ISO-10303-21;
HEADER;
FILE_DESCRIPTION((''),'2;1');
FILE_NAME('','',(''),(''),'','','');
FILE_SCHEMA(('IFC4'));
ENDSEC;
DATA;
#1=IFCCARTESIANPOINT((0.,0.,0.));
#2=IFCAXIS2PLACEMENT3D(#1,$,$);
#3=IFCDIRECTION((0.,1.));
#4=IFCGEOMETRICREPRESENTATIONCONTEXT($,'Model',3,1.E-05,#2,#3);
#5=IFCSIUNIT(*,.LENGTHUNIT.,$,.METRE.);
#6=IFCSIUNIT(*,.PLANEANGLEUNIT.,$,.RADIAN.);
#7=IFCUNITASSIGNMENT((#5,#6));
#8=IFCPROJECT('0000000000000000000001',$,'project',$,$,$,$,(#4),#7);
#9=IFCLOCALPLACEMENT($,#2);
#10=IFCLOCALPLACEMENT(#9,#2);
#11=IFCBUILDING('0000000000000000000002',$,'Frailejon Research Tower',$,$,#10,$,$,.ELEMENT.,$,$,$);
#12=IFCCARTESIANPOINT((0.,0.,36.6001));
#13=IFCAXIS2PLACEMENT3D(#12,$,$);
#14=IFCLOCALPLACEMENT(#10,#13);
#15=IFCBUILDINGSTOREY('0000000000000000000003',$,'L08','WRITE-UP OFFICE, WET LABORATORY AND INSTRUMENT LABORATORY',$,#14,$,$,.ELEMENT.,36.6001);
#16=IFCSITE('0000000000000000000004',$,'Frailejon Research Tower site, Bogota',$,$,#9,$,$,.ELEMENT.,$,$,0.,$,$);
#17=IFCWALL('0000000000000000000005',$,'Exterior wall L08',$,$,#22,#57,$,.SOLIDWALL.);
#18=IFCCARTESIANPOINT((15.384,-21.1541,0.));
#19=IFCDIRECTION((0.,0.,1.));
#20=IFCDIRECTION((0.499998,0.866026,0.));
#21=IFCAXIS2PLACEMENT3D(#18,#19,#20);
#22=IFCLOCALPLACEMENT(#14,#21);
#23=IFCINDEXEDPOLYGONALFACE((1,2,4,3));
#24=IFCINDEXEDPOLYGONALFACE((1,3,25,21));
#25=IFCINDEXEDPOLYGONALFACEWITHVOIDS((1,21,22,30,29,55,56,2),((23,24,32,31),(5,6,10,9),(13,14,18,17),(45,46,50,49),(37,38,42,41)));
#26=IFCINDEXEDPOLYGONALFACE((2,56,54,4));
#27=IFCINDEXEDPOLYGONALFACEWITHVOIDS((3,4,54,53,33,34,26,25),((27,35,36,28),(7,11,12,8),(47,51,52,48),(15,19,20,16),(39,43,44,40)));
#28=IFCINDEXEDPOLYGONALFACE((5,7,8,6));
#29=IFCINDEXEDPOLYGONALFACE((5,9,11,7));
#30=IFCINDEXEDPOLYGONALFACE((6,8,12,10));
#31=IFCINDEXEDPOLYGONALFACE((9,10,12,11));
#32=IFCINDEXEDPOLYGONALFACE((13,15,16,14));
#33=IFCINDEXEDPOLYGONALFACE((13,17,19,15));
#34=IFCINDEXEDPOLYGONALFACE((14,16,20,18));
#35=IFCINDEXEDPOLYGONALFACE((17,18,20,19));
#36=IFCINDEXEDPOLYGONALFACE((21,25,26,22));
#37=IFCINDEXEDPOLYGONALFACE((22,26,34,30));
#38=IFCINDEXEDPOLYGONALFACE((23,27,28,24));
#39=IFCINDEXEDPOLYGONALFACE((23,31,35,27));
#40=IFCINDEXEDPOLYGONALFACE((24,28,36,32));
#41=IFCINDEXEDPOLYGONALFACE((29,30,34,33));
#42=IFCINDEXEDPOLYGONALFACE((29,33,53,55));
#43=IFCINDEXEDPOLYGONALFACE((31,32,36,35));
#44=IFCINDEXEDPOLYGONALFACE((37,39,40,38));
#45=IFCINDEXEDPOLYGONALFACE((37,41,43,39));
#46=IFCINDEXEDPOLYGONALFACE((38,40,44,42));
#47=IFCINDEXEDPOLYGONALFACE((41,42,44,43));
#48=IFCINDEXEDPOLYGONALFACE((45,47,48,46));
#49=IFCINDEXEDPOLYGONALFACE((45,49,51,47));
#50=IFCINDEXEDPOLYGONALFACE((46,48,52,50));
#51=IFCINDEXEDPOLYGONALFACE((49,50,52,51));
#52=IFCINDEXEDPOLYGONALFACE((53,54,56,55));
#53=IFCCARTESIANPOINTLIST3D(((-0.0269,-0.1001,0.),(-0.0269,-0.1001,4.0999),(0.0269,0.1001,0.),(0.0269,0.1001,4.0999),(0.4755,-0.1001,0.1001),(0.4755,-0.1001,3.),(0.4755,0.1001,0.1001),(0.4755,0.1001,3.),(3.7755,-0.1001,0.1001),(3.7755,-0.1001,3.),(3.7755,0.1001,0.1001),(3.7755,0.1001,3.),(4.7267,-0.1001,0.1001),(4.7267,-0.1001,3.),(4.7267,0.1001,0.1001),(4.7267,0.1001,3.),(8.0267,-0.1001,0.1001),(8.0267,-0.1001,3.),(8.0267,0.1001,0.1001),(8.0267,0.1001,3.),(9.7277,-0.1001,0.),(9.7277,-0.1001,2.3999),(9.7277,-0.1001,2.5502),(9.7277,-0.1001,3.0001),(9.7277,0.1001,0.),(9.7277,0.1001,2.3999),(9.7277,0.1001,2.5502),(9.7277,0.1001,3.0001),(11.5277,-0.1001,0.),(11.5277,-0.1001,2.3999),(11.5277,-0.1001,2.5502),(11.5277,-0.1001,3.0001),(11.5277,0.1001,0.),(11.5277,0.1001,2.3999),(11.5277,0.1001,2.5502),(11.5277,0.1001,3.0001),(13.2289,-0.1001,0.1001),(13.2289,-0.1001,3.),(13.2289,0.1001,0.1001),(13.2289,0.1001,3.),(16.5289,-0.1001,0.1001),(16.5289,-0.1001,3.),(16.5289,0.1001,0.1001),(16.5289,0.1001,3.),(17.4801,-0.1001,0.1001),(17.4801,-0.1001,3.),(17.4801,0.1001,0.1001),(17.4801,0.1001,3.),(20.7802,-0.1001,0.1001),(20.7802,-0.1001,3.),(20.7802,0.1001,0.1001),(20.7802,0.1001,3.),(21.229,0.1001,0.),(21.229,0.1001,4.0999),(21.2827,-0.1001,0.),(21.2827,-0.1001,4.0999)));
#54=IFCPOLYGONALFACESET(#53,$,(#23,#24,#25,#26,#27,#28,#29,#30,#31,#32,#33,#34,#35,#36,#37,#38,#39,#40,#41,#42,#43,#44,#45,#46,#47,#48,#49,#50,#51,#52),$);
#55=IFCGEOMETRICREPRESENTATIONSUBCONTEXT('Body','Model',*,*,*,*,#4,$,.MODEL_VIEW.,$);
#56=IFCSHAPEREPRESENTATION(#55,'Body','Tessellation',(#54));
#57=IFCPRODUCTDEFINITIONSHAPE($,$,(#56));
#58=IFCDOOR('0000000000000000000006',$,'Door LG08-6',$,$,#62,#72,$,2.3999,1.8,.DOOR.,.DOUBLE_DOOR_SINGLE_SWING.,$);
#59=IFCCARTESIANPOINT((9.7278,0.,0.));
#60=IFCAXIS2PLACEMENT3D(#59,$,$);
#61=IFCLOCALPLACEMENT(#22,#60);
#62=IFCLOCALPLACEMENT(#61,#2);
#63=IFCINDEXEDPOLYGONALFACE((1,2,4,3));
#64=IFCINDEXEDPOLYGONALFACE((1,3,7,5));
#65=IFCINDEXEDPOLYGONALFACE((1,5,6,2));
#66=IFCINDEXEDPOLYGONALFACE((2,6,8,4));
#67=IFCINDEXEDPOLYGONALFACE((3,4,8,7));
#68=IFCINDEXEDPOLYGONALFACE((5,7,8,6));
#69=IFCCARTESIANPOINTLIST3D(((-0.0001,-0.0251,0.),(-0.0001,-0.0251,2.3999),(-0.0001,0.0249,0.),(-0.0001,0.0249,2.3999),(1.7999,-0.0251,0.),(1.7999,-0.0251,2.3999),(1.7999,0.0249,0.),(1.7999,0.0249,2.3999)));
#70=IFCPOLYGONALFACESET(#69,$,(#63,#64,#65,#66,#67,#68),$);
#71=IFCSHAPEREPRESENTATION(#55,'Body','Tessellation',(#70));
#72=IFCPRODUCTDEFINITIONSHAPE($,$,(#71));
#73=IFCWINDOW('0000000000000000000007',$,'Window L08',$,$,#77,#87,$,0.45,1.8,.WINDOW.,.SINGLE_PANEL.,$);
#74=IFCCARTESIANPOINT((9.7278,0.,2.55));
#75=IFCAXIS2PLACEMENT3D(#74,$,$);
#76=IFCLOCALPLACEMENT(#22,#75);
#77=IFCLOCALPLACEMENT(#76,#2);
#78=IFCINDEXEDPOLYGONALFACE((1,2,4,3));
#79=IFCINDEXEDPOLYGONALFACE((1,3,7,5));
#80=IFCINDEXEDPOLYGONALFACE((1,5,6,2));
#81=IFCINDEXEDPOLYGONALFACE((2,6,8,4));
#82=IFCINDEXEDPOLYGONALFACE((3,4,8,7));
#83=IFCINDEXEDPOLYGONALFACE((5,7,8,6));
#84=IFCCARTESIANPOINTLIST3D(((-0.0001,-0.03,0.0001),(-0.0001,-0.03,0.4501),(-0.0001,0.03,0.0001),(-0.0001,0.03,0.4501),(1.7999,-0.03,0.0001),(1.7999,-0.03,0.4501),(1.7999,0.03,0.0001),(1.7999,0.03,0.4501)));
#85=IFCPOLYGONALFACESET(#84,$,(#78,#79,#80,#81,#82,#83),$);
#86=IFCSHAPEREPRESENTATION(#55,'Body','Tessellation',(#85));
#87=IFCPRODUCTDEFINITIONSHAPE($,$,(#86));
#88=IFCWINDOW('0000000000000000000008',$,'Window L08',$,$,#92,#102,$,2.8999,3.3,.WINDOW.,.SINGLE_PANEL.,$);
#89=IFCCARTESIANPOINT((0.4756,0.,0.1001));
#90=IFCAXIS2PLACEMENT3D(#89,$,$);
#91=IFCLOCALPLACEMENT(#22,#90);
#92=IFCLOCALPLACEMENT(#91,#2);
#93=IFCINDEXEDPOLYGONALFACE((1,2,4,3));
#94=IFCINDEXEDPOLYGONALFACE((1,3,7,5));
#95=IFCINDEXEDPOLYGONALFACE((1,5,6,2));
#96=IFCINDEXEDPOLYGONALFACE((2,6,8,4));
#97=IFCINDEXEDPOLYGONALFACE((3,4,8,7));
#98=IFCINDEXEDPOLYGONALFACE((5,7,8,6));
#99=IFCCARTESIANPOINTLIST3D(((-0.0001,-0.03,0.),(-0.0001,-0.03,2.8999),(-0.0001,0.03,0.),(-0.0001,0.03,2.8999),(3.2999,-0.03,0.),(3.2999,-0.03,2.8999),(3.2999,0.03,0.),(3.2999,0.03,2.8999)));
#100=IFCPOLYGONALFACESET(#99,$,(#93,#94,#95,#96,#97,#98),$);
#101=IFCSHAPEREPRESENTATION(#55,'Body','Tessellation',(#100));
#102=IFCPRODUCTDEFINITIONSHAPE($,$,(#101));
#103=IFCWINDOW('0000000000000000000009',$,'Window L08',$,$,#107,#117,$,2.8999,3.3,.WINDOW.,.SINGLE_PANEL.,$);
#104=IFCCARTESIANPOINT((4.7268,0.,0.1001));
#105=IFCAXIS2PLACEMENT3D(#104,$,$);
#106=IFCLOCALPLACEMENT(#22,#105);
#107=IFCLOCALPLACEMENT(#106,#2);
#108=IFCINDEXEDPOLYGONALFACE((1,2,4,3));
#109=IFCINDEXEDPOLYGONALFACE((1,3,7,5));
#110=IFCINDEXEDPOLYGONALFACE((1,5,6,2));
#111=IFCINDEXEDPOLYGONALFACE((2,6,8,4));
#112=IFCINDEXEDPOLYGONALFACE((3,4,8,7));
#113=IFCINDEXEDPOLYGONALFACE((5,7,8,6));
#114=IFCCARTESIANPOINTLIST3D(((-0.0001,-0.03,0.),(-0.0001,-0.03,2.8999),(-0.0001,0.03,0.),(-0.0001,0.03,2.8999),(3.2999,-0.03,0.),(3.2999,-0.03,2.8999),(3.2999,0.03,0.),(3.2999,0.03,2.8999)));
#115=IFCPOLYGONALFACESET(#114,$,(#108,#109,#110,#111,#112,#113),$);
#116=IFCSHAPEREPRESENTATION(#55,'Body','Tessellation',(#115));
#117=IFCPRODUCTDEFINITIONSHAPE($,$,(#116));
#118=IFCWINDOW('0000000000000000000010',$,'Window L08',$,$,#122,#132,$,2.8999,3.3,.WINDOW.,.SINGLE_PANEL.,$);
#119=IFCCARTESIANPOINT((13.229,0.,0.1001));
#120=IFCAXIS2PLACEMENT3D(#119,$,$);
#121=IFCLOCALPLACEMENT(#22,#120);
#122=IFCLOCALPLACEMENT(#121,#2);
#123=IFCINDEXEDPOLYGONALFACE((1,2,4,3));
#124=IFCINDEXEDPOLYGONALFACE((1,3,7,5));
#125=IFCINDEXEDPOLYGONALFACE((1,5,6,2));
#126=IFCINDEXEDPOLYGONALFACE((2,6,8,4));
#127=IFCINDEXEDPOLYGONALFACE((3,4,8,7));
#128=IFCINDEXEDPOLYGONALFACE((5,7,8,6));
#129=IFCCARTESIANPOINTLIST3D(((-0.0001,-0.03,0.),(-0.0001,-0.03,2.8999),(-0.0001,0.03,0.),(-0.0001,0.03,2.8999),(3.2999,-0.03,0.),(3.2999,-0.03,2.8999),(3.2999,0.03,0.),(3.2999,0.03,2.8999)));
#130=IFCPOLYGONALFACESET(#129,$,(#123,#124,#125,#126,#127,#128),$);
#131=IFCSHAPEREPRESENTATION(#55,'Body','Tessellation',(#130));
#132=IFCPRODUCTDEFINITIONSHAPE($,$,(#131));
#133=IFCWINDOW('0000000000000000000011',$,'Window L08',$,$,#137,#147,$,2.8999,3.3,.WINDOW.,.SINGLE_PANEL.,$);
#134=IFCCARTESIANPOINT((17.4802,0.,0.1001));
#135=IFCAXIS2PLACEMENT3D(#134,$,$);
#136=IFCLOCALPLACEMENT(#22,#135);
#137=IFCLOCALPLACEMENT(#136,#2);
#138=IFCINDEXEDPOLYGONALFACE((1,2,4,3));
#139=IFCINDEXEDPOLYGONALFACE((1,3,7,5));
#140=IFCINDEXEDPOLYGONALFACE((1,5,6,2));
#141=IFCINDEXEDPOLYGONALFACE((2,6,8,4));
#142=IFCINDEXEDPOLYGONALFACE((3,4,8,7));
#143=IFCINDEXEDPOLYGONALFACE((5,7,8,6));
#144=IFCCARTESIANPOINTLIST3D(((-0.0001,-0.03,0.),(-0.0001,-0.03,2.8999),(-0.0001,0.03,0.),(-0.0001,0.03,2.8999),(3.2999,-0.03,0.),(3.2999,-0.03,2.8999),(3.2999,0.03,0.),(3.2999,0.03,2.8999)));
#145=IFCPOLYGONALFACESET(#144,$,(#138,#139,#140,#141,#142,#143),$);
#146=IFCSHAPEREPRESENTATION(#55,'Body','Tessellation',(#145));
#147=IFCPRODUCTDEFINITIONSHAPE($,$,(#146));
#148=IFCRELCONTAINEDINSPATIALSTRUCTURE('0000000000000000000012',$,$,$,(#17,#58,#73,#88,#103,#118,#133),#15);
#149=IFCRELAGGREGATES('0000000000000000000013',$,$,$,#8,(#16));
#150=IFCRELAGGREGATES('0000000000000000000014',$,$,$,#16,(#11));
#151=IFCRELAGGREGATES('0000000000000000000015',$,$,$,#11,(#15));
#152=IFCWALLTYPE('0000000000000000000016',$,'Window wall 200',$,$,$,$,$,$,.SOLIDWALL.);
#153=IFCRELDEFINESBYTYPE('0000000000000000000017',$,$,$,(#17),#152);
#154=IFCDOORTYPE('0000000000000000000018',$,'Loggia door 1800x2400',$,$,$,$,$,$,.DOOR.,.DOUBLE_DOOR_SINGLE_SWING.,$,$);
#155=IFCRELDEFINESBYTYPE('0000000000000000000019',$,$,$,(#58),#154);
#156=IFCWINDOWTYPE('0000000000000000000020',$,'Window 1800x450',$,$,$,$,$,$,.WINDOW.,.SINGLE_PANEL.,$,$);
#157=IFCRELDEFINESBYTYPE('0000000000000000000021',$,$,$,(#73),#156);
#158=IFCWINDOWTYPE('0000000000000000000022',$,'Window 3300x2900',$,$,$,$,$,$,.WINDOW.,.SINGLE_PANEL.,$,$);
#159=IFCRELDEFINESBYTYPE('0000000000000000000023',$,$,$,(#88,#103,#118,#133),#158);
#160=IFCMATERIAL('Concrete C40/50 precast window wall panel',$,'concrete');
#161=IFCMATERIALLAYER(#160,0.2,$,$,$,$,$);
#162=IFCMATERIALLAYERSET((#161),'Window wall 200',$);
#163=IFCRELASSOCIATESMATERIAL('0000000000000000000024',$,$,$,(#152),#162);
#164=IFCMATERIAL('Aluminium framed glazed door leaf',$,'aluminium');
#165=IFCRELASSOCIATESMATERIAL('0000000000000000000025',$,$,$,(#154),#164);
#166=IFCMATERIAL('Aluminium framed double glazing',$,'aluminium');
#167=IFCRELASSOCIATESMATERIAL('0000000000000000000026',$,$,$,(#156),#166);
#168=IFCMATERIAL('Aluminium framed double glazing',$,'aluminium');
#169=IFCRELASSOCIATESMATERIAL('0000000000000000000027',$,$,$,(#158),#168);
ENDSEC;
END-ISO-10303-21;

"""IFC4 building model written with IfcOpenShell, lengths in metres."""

from ifc_helpers import new_model, si_unit, direction, frame, frame_2d, origin, place, context, subcontext, project, spatial, polyline, rectangle, outline, extrude, material, layer, layer_set, type_object, element, fill, save


model = new_model("IFC4")

# Units and contexts
model_context = context("Model", 3, precision=1e-05, world=origin(), true_north=direction((0.0, 1.0)))
body_context = subcontext(model_context, "Body", "Model", "MODEL_VIEW")
ifc_project = project(units=[si_unit("LENGTHUNIT", "METRE"), si_unit("PLANEANGLEUNIT", "RADIAN")], contexts=[model_context])

# Site, building, storey
site_placement = place(None, origin())
site = spatial("IfcSite", under=ifc_project, at=site_placement, Name="Frailejon Research Tower site, Bogota", CompositionType="ELEMENT", RefElevation=0.0)
building_placement = place(site_placement, origin())
building = spatial("IfcBuilding", under=site, at=building_placement, Name="Frailejon Research Tower", CompositionType="ELEMENT")
storey_placement = place(building_placement, frame((0.0, 0.0, 36.6001)))
storey = spatial("IfcBuildingStorey", under=building, at=storey_placement, Name="L08", Description="WRITE-UP OFFICE, WET LABORATORY AND INSTRUMENT LABORATORY", CompositionType="ELEMENT", Elevation=36.6001)

# Wall, openings, door, windows
ifc_material_1 = material(Name="Concrete C40/50 precast window wall panel", Category="concrete")
ifc_layer_1 = layer(ifc_material_1, 0.2)
ifc_layer_set_1 = layer_set([ifc_layer_1], Name="Window wall 200")
wall_type = type_object("IfcWallType", Name="Window wall 200", PredefinedType="SOLIDWALL", material=ifc_layer_set_1)
wall_placement = place(storey_placement, frame((15.384, -21.1541, 0.0), z_axis=(0.0, 0.0, 1.0), x_axis=(0.499998, 0.866026, 0.0)))
wall = element("IfcWall", 1, at=wall_placement, inside=storey, type_object=wall_type, Name="Exterior wall L08", PredefinedType="SOLIDWALL", context=body_context, shape_type="SweptSolid", body=[
    extrude(outline(polyline([(-0.0269, -0.1001), (0.9878, -0.1001), (2.0027, -0.1001), (3.0173, -0.1001), (4.0322, -0.1001), (5.0469, -0.1001), (6.0615, -0.1001), (7.0764, -0.1001), (8.0911, -0.1001), (9.1057, -0.1001), (10.1206, -0.1001), (11.1353, -0.1001), (12.1501, -0.1001), (13.1648, -0.1001), (14.1794, -0.1001), (15.1943, -0.1001), (16.209, -0.1001), (17.2236, -0.1001), (18.2385, -0.1001), (19.2532, -0.1001), (20.2681, -0.1001), (21.2827, -0.1001), (21.229, 0.1001), (20.2195, 0.1001), (19.2097, 0.1001), (18.2002, 0.1001), (17.1904, 0.1001), (16.1809, 0.1001), (15.1711, 0.1001), (14.1616, 0.1001), (13.1521, 0.1001), (12.1423, 0.1001), (11.1328, 0.1001), (10.123, 0.1001), (9.1135, 0.1001), (8.1038, 0.1001), (7.0942, 0.1001), (6.0847, 0.1001), (5.075, 0.1001), (4.0654, 0.1001), (3.0557, 0.1001), (2.0461, 0.1001), (1.0364, 0.1001), (0.0269, 0.1001), (-0.0269, -0.1001)])), origin(), (0.0, 0.0, 1.0), 4.0999),
])
opening_1_placement = place(wall_placement, frame((0.4756, 0.0, 0.1001)))
opening_1 = element("IfcOpeningElement", 2, at=opening_1_placement, cuts=wall, PredefinedType="OPENING", context=body_context, shape_type="SweptSolid", body=[
    extrude(rectangle(XDim=3.3, YDim=2.8999, at=frame_2d((1.6499, 1.45))), frame((0.0, 0.1099, 0.0), z_axis=(0.0, -1.0, 0.0), x_axis=(1.0, 0.0, 0.0)), (0.0, 0.0, 1.0), 0.22),
])
opening_2_placement = place(wall_placement, frame((4.7268, 0.0, 0.1001)))
opening_2 = element("IfcOpeningElement", 3, at=opening_2_placement, cuts=wall, PredefinedType="OPENING", context=body_context, shape_type="SweptSolid", body=[
    extrude(rectangle(XDim=3.3, YDim=2.8999, at=frame_2d((1.6499, 1.45))), frame((0.0, 0.1099, 0.0), z_axis=(0.0, -1.0, 0.0), x_axis=(1.0, 0.0, 0.0)), (0.0, 0.0, 1.0), 0.22),
])
opening_3_placement = place(wall_placement, frame((9.7278, 0.0, 0.0)))
opening_3 = element("IfcOpeningElement", 4, at=opening_3_placement, cuts=wall, PredefinedType="OPENING", context=body_context, shape_type="SweptSolid", body=[
    extrude(rectangle(XDim=1.8, YDim=2.3999, at=frame_2d((0.8999, 1.2))), frame((0.0, 0.1099, 0.0), z_axis=(0.0, -1.0, 0.0), x_axis=(1.0, 0.0, 0.0)), (0.0, 0.0, 1.0), 0.22),
])
opening_4_placement = place(wall_placement, frame((9.7278, 0.0, 2.55)))
opening_4 = element("IfcOpeningElement", 5, at=opening_4_placement, cuts=wall, PredefinedType="OPENING", context=body_context, shape_type="SweptSolid", body=[
    extrude(rectangle(XDim=1.8, YDim=0.45, at=frame_2d((0.8999, 0.2251))), frame((0.0, 0.1099, 0.0), z_axis=(0.0, -1.0, 0.0), x_axis=(1.0, 0.0, 0.0)), (0.0, 0.0, 1.0), 0.22),
])
opening_5_placement = place(wall_placement, frame((13.229, 0.0, 0.1001)))
opening_5 = element("IfcOpeningElement", 6, at=opening_5_placement, cuts=wall, PredefinedType="OPENING", context=body_context, shape_type="SweptSolid", body=[
    extrude(rectangle(XDim=3.3, YDim=2.8999, at=frame_2d((1.6499, 1.45))), frame((0.0, 0.1099, 0.0), z_axis=(0.0, -1.0, 0.0), x_axis=(1.0, 0.0, 0.0)), (0.0, 0.0, 1.0), 0.22),
])
opening_6_placement = place(wall_placement, frame((17.4802, 0.0, 0.1001)))
opening_6 = element("IfcOpeningElement", 7, at=opening_6_placement, cuts=wall, PredefinedType="OPENING", context=body_context, shape_type="SweptSolid", body=[
    extrude(rectangle(XDim=3.3, YDim=2.8999, at=frame_2d((1.6499, 1.45))), frame((0.0, 0.1099, 0.0), z_axis=(0.0, -1.0, 0.0), x_axis=(1.0, 0.0, 0.0)), (0.0, 0.0, 1.0), 0.22),
])
ifc_material_2 = material(Name="Aluminium framed glazed door leaf", Category="aluminium")
door_type = type_object("IfcDoorType", Name="Loggia door 1800x2400", OperationType="DOUBLE_DOOR_SINGLE_SWING", PredefinedType="DOOR", material=ifc_material_2)
door_placement = place(opening_3_placement, origin())
door = element("IfcDoor", 8, at=door_placement, inside=storey, type_object=door_type, Name="Door LG08-6", OperationType="DOUBLE_DOOR_SINGLE_SWING", OverallHeight=2.3999, OverallWidth=1.8, PredefinedType="DOOR", context=body_context, shape_type="SweptSolid", body=[
    extrude(rectangle(XDim=1.8, YDim=2.3999, at=frame_2d((0.8999, 1.2))), frame((0.0, 0.0249, 0.0), z_axis=(0.0, -1.0, 0.0), x_axis=(1.0, 0.0, 0.0)), (0.0, 0.0, 1.0), 0.05),
])
fill(opening_3, door)
ifc_material_3 = material(Name="Aluminium framed double glazing", Category="aluminium")
window_type_1 = type_object("IfcWindowType", Name="Window 1800x450", PartitioningType="SINGLE_PANEL", PredefinedType="WINDOW", material=ifc_material_3)
window_1_placement = place(opening_4_placement, origin())
window_1 = element("IfcWindow", 9, at=window_1_placement, inside=storey, type_object=window_type_1, Name="Window L08", OverallHeight=0.45, OverallWidth=1.8, PartitioningType="SINGLE_PANEL", PredefinedType="WINDOW", context=body_context, shape_type="SweptSolid", body=[
    extrude(rectangle(XDim=1.8, YDim=0.45, at=frame_2d((0.8999, 0.2251))), frame((0.0, 0.03, 0.0), z_axis=(0.0, -1.0, 0.0), x_axis=(1.0, 0.0, 0.0)), (0.0, 0.0, 1.0), 0.0601),
])
fill(opening_4, window_1)
ifc_material_4 = material(Name="Aluminium framed double glazing", Category="aluminium")
window_type_2 = type_object("IfcWindowType", Name="Window 3300x2900", PartitioningType="SINGLE_PANEL", PredefinedType="WINDOW", material=ifc_material_4)
window_2_placement = place(opening_1_placement, origin())
window_2 = element("IfcWindow", 10, at=window_2_placement, inside=storey, type_object=window_type_2, Name="Window L08", OverallHeight=2.8999, OverallWidth=3.3, PartitioningType="SINGLE_PANEL", PredefinedType="WINDOW", context=body_context, shape_type="SweptSolid", body=[
    extrude(rectangle(XDim=3.3, YDim=2.8999, at=frame_2d((1.6499, 1.45))), frame((0.0, 0.03, 0.0), z_axis=(0.0, -1.0, 0.0), x_axis=(1.0, 0.0, 0.0)), (0.0, 0.0, 1.0), 0.0601),
])
fill(opening_1, window_2)
window_3_placement = place(opening_2_placement, origin())
window_3 = element("IfcWindow", 11, at=window_3_placement, inside=storey, type_object=window_type_2, Name="Window L08", OverallHeight=2.8999, OverallWidth=3.3, PartitioningType="SINGLE_PANEL", PredefinedType="WINDOW", context=body_context, shape_type="SweptSolid", body=[
    extrude(rectangle(XDim=3.3, YDim=2.8999, at=frame_2d((1.6499, 1.45))), frame((0.0, 0.03, 0.0), z_axis=(0.0, -1.0, 0.0), x_axis=(1.0, 0.0, 0.0)), (0.0, 0.0, 1.0), 0.0601),
])
fill(opening_2, window_3)
window_4_placement = place(opening_5_placement, origin())
window_4 = element("IfcWindow", 12, at=window_4_placement, inside=storey, type_object=window_type_2, Name="Window L08", OverallHeight=2.8999, OverallWidth=3.3, PartitioningType="SINGLE_PANEL", PredefinedType="WINDOW", context=body_context, shape_type="SweptSolid", body=[
    extrude(rectangle(XDim=3.3, YDim=2.8999, at=frame_2d((1.6499, 1.45))), frame((0.0, 0.03, 0.0), z_axis=(0.0, -1.0, 0.0), x_axis=(1.0, 0.0, 0.0)), (0.0, 0.0, 1.0), 0.0601),
])
fill(opening_5, window_4)
window_5_placement = place(opening_6_placement, origin())
window_5 = element("IfcWindow", 13, at=window_5_placement, inside=storey, type_object=window_type_2, Name="Window L08", OverallHeight=2.8999, OverallWidth=3.3, PartitioningType="SINGLE_PANEL", PredefinedType="WINDOW", context=body_context, shape_type="SweptSolid", body=[
    extrude(rectangle(XDim=3.3, YDim=2.8999, at=frame_2d((1.6499, 1.45))), frame((0.0, 0.03, 0.0), z_axis=(0.0, -1.0, 0.0), x_axis=(1.0, 0.0, 0.0)), (0.0, 0.0, 1.0), 0.0601),
])
fill(opening_6, window_5)

save(model, "model.ifc")
